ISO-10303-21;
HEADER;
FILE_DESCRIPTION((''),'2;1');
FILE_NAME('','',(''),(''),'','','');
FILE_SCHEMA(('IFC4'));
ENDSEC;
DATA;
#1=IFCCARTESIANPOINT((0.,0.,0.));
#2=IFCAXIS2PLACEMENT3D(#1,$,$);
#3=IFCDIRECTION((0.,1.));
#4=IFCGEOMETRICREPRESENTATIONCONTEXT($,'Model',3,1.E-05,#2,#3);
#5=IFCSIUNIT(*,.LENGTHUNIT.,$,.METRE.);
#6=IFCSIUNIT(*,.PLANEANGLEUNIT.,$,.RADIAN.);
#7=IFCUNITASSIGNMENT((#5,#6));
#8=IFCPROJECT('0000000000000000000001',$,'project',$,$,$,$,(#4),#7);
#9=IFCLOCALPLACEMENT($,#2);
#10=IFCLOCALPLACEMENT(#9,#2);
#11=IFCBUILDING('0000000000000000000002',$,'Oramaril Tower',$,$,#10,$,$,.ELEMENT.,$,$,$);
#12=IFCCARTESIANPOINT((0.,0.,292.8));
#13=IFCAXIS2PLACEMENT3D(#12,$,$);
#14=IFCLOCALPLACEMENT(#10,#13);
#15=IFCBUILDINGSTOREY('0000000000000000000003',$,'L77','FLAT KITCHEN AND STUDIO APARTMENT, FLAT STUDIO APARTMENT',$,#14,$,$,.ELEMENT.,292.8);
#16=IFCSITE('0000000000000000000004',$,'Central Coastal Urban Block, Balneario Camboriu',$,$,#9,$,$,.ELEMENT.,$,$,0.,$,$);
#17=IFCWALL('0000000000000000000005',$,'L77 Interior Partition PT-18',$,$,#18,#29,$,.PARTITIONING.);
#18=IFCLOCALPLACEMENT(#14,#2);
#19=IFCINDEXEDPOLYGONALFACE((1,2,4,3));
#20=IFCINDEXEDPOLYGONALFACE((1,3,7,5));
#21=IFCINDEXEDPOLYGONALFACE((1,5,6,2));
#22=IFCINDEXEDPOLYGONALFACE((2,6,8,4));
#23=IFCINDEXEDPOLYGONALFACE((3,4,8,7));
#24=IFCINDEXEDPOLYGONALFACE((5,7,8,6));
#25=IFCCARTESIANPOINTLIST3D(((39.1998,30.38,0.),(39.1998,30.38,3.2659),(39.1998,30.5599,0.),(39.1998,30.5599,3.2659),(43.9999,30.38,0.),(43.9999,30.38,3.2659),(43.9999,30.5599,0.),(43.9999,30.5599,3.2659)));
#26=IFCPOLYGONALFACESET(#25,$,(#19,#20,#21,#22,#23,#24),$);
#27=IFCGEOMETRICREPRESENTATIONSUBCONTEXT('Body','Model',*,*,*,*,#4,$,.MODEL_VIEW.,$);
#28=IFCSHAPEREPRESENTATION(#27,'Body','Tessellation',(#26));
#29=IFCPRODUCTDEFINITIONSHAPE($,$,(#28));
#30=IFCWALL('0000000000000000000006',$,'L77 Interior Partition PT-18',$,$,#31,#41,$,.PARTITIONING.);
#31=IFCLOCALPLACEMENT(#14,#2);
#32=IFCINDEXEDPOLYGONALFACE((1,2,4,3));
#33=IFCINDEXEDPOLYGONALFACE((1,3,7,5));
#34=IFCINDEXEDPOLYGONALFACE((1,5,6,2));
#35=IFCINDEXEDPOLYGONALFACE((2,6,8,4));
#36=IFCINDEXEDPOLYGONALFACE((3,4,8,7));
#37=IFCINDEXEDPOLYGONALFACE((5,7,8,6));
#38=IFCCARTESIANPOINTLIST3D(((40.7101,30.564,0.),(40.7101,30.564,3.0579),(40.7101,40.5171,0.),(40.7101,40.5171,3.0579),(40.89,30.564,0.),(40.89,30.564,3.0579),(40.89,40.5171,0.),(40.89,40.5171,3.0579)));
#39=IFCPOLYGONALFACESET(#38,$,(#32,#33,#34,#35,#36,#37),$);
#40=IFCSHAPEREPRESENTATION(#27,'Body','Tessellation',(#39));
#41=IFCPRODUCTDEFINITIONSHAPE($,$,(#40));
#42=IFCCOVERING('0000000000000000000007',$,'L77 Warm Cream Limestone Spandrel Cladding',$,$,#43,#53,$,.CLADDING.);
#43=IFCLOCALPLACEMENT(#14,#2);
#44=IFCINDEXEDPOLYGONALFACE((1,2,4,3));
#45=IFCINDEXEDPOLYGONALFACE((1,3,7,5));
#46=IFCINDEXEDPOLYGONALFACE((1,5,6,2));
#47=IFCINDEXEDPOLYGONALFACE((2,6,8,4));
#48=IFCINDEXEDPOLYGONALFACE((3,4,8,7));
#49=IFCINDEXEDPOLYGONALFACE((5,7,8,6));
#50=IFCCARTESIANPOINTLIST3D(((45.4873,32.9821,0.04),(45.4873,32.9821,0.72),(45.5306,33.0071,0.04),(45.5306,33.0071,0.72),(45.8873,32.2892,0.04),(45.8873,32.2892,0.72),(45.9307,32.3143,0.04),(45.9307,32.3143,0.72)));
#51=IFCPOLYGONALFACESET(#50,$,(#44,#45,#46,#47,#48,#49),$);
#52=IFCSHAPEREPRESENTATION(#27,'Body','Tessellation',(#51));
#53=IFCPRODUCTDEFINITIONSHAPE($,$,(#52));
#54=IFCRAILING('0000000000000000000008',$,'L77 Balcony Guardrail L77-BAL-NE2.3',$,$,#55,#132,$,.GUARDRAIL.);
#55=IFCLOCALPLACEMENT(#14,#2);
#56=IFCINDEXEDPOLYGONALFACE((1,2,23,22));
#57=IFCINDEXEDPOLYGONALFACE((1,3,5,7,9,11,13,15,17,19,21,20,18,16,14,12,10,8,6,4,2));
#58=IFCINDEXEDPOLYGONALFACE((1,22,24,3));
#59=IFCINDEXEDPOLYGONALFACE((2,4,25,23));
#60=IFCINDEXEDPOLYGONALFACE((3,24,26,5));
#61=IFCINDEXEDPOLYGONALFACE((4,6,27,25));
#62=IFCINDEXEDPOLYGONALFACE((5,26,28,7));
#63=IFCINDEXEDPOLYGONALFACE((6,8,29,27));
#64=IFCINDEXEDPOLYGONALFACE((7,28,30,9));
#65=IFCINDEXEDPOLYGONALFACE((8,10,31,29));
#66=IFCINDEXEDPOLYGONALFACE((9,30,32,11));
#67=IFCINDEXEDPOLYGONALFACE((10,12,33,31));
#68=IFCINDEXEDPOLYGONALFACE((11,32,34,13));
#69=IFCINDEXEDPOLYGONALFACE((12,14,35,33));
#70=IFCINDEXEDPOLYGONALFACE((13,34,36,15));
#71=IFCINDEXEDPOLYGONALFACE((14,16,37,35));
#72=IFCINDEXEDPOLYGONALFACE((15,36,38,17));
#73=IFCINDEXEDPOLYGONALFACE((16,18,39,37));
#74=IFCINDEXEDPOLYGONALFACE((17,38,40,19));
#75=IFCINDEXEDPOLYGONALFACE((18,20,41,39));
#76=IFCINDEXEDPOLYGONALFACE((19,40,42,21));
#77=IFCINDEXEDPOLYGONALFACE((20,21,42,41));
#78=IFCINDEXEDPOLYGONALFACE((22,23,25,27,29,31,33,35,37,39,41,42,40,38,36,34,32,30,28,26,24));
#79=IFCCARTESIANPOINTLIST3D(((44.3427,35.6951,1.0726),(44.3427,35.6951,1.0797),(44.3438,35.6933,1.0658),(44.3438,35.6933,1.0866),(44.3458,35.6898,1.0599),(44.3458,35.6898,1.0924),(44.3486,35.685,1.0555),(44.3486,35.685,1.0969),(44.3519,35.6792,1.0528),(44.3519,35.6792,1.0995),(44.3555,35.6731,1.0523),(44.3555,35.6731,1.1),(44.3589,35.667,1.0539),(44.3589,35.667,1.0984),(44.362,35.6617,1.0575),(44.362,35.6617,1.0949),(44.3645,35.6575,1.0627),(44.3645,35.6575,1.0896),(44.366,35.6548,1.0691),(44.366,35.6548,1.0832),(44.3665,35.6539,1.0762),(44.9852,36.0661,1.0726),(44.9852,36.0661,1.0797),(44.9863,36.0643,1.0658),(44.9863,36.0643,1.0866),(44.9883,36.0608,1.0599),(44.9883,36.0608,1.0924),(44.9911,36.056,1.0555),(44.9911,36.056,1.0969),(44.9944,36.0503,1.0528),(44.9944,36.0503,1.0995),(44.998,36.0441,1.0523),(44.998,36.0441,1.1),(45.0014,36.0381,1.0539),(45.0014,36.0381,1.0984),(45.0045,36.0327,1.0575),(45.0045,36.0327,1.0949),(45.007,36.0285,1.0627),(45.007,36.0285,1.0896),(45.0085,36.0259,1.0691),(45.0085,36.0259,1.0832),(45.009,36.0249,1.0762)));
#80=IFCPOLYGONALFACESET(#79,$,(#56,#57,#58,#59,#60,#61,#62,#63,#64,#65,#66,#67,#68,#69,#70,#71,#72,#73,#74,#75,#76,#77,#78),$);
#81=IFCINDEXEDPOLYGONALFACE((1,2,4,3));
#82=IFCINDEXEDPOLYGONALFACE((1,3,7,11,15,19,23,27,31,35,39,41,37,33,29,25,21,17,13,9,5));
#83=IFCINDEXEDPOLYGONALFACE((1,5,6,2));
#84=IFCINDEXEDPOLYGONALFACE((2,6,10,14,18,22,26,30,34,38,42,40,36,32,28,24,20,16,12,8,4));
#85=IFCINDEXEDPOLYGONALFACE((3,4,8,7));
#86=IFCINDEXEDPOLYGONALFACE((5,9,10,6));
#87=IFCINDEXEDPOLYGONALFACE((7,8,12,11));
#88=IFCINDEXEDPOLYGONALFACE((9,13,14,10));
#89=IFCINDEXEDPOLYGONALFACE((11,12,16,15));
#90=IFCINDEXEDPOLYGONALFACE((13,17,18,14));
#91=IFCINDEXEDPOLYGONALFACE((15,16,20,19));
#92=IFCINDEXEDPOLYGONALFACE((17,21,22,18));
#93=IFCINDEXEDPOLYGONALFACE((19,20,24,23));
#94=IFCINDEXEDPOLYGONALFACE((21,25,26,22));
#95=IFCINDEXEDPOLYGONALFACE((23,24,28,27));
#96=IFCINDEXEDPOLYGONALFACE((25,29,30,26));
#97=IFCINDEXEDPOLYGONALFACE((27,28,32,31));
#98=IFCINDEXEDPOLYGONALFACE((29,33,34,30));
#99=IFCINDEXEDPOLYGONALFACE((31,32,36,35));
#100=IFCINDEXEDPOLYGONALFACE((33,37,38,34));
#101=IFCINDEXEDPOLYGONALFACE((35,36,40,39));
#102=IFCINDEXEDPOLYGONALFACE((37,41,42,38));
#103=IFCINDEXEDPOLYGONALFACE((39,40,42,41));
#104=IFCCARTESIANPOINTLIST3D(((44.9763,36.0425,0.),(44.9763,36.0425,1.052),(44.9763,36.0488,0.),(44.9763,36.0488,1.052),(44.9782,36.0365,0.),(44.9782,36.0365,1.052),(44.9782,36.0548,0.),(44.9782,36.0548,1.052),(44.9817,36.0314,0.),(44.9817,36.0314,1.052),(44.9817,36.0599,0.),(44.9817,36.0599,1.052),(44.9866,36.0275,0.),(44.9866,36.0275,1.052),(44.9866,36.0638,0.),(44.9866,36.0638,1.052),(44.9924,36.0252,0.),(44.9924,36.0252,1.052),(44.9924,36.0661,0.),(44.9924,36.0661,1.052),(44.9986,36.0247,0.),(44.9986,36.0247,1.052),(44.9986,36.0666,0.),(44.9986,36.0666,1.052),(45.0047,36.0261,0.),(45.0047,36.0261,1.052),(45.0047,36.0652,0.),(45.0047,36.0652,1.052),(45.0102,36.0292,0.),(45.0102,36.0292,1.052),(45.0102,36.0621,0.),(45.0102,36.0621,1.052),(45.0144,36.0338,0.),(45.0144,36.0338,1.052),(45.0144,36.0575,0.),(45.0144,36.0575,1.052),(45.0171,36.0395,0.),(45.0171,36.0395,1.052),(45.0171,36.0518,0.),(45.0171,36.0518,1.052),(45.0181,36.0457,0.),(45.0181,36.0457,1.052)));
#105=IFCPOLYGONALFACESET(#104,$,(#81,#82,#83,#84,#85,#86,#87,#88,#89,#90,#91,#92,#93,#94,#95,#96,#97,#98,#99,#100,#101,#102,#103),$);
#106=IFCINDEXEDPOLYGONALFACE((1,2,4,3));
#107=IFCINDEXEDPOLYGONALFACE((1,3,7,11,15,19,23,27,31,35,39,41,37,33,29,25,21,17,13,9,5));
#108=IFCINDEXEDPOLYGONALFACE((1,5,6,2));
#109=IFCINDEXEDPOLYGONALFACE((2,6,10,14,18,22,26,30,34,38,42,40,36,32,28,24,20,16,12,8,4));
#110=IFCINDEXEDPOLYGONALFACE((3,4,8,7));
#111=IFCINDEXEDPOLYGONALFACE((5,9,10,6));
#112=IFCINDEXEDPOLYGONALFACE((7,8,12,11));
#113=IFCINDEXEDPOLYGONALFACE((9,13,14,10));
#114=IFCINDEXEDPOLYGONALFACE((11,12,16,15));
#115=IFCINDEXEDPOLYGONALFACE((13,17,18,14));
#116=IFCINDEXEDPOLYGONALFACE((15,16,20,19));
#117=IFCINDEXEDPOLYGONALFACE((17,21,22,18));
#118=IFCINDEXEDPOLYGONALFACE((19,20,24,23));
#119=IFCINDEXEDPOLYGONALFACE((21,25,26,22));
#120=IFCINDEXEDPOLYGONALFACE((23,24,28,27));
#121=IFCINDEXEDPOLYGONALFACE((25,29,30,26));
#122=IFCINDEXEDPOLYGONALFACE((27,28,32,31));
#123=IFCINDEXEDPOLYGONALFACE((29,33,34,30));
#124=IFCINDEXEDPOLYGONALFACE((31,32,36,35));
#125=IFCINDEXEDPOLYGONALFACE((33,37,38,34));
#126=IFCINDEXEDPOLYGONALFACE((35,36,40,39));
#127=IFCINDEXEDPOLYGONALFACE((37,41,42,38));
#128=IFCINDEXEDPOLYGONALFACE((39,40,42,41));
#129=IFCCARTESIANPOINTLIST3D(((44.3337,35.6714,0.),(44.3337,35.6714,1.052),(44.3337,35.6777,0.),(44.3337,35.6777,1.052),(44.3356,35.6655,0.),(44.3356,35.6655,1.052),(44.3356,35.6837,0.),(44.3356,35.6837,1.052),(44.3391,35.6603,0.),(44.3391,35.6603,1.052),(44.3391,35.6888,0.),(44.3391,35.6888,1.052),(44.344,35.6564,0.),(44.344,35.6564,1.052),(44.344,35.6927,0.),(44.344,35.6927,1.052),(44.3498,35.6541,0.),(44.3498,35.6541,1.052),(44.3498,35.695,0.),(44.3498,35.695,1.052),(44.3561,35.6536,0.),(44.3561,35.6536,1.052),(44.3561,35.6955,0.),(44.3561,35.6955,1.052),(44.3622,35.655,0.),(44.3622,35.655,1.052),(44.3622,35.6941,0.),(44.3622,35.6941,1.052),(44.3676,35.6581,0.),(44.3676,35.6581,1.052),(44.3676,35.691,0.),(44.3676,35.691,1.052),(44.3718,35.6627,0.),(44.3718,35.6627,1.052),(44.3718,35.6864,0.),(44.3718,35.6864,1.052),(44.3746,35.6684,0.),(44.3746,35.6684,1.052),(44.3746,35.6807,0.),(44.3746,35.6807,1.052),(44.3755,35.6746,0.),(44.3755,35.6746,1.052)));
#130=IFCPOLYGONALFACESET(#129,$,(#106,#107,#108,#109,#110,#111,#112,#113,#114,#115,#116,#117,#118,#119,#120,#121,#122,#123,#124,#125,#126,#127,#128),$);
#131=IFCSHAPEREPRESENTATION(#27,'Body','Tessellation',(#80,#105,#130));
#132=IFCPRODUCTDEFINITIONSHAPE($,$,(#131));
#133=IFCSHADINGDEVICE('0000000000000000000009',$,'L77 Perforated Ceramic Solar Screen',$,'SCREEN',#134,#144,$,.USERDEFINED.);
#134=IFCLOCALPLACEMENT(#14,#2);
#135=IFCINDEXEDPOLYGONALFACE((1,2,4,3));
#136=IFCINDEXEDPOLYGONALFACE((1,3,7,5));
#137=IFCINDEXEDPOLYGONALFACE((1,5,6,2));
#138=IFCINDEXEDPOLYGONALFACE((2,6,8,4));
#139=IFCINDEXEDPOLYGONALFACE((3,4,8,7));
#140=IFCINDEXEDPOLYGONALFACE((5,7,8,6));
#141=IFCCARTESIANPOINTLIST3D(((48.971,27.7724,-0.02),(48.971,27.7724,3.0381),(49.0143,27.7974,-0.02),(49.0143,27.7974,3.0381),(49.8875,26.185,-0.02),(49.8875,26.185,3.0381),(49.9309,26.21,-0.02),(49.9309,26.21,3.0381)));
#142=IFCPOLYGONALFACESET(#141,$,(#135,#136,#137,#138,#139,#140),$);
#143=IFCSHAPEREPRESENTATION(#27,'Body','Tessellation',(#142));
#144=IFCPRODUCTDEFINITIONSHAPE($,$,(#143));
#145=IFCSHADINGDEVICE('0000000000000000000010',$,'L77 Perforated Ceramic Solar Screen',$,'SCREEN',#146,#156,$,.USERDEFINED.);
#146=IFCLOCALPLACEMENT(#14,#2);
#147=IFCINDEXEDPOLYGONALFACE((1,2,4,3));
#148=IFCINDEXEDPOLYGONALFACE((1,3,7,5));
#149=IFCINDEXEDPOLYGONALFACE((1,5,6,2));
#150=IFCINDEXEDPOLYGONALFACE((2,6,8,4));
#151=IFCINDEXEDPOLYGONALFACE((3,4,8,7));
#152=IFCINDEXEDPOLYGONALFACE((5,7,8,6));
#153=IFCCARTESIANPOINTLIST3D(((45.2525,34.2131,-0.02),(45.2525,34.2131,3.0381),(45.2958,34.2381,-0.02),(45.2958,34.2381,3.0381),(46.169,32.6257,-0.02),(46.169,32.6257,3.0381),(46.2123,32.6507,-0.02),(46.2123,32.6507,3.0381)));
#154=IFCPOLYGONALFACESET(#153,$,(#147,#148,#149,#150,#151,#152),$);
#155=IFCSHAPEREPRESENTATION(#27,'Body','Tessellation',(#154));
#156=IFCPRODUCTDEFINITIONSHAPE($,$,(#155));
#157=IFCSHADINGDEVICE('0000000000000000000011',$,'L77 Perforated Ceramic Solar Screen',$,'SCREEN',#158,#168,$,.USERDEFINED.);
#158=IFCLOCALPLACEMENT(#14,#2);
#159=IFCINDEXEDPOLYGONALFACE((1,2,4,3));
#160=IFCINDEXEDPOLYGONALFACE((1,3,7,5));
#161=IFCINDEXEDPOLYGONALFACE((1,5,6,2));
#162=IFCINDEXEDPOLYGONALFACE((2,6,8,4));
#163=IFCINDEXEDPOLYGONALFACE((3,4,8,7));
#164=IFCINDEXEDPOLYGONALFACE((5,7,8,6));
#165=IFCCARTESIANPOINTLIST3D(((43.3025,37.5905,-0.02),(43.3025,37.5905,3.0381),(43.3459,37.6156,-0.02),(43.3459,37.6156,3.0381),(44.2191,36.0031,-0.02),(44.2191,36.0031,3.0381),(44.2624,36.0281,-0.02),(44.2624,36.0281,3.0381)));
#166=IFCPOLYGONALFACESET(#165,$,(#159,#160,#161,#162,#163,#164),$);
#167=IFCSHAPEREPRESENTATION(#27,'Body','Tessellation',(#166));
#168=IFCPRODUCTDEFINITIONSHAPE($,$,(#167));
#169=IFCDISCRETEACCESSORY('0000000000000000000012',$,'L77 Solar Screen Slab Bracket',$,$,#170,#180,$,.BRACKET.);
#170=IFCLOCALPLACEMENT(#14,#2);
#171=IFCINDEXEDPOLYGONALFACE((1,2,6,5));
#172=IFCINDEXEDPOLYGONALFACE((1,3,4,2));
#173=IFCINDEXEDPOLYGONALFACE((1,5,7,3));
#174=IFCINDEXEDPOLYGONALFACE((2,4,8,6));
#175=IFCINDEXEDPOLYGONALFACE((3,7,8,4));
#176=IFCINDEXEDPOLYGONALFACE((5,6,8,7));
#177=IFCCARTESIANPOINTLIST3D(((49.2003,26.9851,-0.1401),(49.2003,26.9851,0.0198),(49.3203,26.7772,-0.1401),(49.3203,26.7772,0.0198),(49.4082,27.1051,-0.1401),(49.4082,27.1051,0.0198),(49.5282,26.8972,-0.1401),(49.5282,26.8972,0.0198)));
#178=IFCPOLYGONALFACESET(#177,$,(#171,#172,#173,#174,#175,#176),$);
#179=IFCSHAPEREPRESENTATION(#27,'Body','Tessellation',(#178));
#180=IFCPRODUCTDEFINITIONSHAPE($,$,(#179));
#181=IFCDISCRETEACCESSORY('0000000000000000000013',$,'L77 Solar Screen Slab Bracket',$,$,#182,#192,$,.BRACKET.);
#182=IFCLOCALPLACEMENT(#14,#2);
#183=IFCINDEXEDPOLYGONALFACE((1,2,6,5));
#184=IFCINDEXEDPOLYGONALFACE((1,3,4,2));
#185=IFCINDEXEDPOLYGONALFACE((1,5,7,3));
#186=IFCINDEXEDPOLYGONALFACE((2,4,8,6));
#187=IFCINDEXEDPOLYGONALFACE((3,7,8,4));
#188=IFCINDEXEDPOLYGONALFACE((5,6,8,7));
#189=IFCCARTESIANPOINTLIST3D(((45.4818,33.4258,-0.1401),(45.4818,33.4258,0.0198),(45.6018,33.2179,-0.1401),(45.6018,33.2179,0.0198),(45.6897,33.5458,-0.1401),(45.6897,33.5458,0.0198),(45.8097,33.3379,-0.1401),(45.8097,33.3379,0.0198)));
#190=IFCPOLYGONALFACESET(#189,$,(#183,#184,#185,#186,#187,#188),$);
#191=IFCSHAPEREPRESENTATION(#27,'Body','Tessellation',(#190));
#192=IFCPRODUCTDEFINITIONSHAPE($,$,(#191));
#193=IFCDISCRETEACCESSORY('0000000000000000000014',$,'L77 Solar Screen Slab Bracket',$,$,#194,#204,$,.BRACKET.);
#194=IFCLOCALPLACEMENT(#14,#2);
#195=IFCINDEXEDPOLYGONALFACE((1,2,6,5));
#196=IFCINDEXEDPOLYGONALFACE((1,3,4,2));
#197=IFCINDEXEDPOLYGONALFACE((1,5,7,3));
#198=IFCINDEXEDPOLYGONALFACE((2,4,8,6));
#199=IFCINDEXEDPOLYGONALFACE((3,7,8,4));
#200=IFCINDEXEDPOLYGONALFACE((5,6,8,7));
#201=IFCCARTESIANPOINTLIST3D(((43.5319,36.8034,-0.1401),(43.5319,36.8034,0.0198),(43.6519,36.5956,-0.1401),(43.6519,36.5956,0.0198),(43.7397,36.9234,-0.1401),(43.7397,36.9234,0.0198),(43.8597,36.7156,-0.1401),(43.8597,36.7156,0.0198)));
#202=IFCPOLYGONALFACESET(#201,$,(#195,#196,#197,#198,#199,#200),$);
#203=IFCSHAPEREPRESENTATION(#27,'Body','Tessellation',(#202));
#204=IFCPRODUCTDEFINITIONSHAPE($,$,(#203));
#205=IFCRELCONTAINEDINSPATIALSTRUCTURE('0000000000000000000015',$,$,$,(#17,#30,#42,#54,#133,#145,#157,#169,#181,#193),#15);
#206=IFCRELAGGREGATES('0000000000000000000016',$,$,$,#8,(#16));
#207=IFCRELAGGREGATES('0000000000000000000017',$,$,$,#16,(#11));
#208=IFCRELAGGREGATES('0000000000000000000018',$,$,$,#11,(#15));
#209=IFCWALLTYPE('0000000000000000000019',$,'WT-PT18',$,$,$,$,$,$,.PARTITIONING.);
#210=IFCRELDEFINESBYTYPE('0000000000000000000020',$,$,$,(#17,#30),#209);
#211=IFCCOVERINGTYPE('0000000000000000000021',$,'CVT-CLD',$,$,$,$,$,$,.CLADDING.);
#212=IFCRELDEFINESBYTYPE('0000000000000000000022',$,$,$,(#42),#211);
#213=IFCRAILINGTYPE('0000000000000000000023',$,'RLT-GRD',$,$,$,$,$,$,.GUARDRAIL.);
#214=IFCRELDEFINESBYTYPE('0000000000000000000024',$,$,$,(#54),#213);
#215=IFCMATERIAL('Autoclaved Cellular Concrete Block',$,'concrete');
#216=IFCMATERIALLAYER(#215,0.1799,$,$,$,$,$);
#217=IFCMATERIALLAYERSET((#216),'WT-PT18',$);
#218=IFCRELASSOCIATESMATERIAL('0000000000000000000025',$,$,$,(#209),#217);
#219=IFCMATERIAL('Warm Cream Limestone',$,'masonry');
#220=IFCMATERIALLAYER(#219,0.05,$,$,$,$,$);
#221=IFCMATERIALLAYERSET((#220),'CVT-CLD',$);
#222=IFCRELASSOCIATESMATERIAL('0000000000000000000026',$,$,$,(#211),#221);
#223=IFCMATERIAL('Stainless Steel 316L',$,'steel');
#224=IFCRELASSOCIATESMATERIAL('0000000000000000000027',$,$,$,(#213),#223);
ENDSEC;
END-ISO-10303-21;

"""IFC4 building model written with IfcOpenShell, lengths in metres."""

from ifc_helpers import new_model, si_unit, direction, frame, frame_2d, origin, origin_2d, place, context, subcontext, project, spatial, rectangle, circle, extrude, material, layer, layer_set, type_object, element, save


model = new_model("IFC4")

# Units and contexts
model_context = context("Model", 3, precision=1e-05, world=origin(), true_north=direction((0.0, 1.0)))
body_context = subcontext(model_context, "Body", "Model", "MODEL_VIEW")
ifc_project = project(units=[si_unit("LENGTHUNIT", "METRE"), si_unit("PLANEANGLEUNIT", "RADIAN")], contexts=[model_context])

# Site, building, storey
site_placement = place(None, origin())
site = spatial("IfcSite", under=ifc_project, at=site_placement, Name="Central Coastal Urban Block, Balneario Camboriu", CompositionType="ELEMENT", RefElevation=0.0)
building_placement = place(site_placement, origin())
building = spatial("IfcBuilding", under=site, at=building_placement, Name="Oramaril Tower", CompositionType="ELEMENT")
storey_placement = place(building_placement, frame((0.0, 0.0, 292.8)))
storey = spatial("IfcBuildingStorey", under=building, at=storey_placement, Name="L77", Description="FLAT KITCHEN AND STUDIO APARTMENT, FLAT STUDIO APARTMENT", CompositionType="ELEMENT", Elevation=292.8)

# Walls
ifc_material_1 = material(Name="Autoclaved Cellular Concrete Block", Category="concrete")
ifc_layer_1 = layer(ifc_material_1, 0.1799)
ifc_layer_set_1 = layer_set([ifc_layer_1], Name="WT-PT18")
wall_type_1 = type_object("IfcWallType", Name="WT-PT18", PredefinedType="PARTITIONING", material=ifc_layer_set_1)
wall_1_placement = place(storey_placement, frame((39.2, 30.47, 0.0), z_axis=(0.0, 0.0, 1.0), x_axis=(1.0, 0.0, 0.0)))
element("IfcWall", 1, at=wall_1_placement, inside=storey, type_object=wall_type_1, Name="L77 Interior Partition PT-18", PredefinedType="PARTITIONING", context=body_context, shape_type="SweptSolid", body=[
    extrude(rectangle(XDim=4.8, YDim=0.1799, at=frame_2d((2.3999, 0.0))), origin(), (0.0, 0.0, 1.0), 3.2659),
])
wall_2_placement = place(storey_placement, frame((40.8, 30.564, 0.0), z_axis=(0.0, 0.0, 1.0), x_axis=(0.0, 1.0, 0.0)))
element("IfcWall", 2, at=wall_2_placement, inside=storey, type_object=wall_type_1, Name="L77 Interior Partition PT-18", PredefinedType="PARTITIONING", context=body_context, shape_type="SweptSolid", body=[
    extrude(rectangle(XDim=9.9531, YDim=0.1799, at=frame_2d((4.9766, 0.0))), origin(), (0.0, 0.0, 1.0), 3.0579),
])

# Covering
ifc_material_2 = material(Name="Warm Cream Limestone", Category="masonry")
ifc_layer_2 = layer(ifc_material_2, 0.05)
ifc_layer_set_2 = layer_set([ifc_layer_2], Name="CVT-CLD")
covering_type = type_object("IfcCoveringType", Name="CVT-CLD", PredefinedType="CLADDING", material=ifc_layer_set_2)
covering_placement = place(storey_placement, frame((45.709, 32.6482, 0.04), z_axis=(0.0, 0.0, 1.0), x_axis=(-0.5, 0.866025, 0.0)))
element("IfcCovering", 3, at=covering_placement, inside=storey, type_object=covering_type, Name="L77 Warm Cream Limestone Spandrel Cladding", PredefinedType="CLADDING", context=body_context, shape_type="SweptSolid", body=[
    extrude(rectangle(XDim=0.8, YDim=0.05, at=origin_2d()), origin(), (0.0, 0.0, 1.0), 0.6799),
])

# Railing
ifc_material_3 = material(Name="Stainless Steel 316L", Category="steel")
railing_type = type_object("IfcRailingType", Name="RLT-GRD", PredefinedType="GUARDRAIL", material=ifc_material_3)
railing_placement = place(storey_placement, frame((44.9971, 36.0457, 0.0)))
element("IfcRailing", 4, at=railing_placement, inside=storey, type_object=railing_type, Name="L77 Balcony Guardrail L77-BAL-NE2.3", PredefinedType="GUARDRAIL", context=body_context, shape_type="SweptSolid", body=[
    extrude(circle(Radius=0.0239, at=origin_2d()), frame((0.0, 0.0, 1.0762), z_axis=(-0.865966, -0.500102, 0.0), x_axis=(0.500102, -0.865966, 0.0)), (0.0, 0.0, 1.0), 0.7419),
    extrude(circle(Radius=0.021, at=origin_2d()), origin(), (0.0, 0.0, 1.0), 1.052),
    extrude(circle(Radius=0.021, at=origin_2d()), frame((-0.6426, -0.3711, 0.0)), (0.0, 0.0, 1.0), 1.052),
])

# Shading devices
for number, where, z_axis, x_axis, name in (
    (5, (49.4509, 26.9912, -0.02), (0.0, 0.0, 1.0), (-0.5, 0.866025, 0.0), "L77 Perforated Ceramic Solar Screen"),
    (6, (45.7324, 33.4319, -0.02), (0.0, 0.0, 1.0), (-0.5, 0.866025, 0.0), "L77 Perforated Ceramic Solar Screen"),
    (7, (43.7825, 36.8093, -0.02), (0.0, 0.0, 1.0), (-0.5, 0.866025, 0.0), "L77 Perforated Ceramic Solar Screen"),
):
    element("IfcShadingDevice", number, at=place(storey_placement, frame(where, z_axis=z_axis, x_axis=x_axis)), inside=storey, Name=name, ObjectType="SCREEN", PredefinedType="USERDEFINED", context=body_context, shape_type="SweptSolid", body=[
        extrude(rectangle(XDim=1.833, YDim=0.05, at=origin_2d()), origin(), (0.0, 0.0, 1.0), 3.0581),
    ])

# Discrete accessories
for number, where, z_axis, x_axis, name in (
    (8, (49.3643, 26.9412, -0.1401), (0.0, 0.0, 1.0), (-0.5, 0.866025, 0.0), "L77 Solar Screen Slab Bracket"),
    (9, (45.6458, 33.3818, -0.1401), (0.0, 0.0, 1.0), (-0.5, 0.866025, 0.0), "L77 Solar Screen Slab Bracket"),
    (10, (43.6958, 36.7595, -0.1401), (0.0, 0.0, 1.0), (-0.5, 0.866025, 0.0), "L77 Solar Screen Slab Bracket"),
):
    element("IfcDiscreteAccessory", number, at=place(storey_placement, frame(where, z_axis=z_axis, x_axis=x_axis)), inside=storey, Name=name, PredefinedType="BRACKET", context=body_context, shape_type="SweptSolid", body=[
        extrude(rectangle(XDim=0.24, YDim=0.24, at=origin_2d()), origin(), (0.0, 0.0, 1.0), 0.1599),
    ])

save(model, "model.ifc")
